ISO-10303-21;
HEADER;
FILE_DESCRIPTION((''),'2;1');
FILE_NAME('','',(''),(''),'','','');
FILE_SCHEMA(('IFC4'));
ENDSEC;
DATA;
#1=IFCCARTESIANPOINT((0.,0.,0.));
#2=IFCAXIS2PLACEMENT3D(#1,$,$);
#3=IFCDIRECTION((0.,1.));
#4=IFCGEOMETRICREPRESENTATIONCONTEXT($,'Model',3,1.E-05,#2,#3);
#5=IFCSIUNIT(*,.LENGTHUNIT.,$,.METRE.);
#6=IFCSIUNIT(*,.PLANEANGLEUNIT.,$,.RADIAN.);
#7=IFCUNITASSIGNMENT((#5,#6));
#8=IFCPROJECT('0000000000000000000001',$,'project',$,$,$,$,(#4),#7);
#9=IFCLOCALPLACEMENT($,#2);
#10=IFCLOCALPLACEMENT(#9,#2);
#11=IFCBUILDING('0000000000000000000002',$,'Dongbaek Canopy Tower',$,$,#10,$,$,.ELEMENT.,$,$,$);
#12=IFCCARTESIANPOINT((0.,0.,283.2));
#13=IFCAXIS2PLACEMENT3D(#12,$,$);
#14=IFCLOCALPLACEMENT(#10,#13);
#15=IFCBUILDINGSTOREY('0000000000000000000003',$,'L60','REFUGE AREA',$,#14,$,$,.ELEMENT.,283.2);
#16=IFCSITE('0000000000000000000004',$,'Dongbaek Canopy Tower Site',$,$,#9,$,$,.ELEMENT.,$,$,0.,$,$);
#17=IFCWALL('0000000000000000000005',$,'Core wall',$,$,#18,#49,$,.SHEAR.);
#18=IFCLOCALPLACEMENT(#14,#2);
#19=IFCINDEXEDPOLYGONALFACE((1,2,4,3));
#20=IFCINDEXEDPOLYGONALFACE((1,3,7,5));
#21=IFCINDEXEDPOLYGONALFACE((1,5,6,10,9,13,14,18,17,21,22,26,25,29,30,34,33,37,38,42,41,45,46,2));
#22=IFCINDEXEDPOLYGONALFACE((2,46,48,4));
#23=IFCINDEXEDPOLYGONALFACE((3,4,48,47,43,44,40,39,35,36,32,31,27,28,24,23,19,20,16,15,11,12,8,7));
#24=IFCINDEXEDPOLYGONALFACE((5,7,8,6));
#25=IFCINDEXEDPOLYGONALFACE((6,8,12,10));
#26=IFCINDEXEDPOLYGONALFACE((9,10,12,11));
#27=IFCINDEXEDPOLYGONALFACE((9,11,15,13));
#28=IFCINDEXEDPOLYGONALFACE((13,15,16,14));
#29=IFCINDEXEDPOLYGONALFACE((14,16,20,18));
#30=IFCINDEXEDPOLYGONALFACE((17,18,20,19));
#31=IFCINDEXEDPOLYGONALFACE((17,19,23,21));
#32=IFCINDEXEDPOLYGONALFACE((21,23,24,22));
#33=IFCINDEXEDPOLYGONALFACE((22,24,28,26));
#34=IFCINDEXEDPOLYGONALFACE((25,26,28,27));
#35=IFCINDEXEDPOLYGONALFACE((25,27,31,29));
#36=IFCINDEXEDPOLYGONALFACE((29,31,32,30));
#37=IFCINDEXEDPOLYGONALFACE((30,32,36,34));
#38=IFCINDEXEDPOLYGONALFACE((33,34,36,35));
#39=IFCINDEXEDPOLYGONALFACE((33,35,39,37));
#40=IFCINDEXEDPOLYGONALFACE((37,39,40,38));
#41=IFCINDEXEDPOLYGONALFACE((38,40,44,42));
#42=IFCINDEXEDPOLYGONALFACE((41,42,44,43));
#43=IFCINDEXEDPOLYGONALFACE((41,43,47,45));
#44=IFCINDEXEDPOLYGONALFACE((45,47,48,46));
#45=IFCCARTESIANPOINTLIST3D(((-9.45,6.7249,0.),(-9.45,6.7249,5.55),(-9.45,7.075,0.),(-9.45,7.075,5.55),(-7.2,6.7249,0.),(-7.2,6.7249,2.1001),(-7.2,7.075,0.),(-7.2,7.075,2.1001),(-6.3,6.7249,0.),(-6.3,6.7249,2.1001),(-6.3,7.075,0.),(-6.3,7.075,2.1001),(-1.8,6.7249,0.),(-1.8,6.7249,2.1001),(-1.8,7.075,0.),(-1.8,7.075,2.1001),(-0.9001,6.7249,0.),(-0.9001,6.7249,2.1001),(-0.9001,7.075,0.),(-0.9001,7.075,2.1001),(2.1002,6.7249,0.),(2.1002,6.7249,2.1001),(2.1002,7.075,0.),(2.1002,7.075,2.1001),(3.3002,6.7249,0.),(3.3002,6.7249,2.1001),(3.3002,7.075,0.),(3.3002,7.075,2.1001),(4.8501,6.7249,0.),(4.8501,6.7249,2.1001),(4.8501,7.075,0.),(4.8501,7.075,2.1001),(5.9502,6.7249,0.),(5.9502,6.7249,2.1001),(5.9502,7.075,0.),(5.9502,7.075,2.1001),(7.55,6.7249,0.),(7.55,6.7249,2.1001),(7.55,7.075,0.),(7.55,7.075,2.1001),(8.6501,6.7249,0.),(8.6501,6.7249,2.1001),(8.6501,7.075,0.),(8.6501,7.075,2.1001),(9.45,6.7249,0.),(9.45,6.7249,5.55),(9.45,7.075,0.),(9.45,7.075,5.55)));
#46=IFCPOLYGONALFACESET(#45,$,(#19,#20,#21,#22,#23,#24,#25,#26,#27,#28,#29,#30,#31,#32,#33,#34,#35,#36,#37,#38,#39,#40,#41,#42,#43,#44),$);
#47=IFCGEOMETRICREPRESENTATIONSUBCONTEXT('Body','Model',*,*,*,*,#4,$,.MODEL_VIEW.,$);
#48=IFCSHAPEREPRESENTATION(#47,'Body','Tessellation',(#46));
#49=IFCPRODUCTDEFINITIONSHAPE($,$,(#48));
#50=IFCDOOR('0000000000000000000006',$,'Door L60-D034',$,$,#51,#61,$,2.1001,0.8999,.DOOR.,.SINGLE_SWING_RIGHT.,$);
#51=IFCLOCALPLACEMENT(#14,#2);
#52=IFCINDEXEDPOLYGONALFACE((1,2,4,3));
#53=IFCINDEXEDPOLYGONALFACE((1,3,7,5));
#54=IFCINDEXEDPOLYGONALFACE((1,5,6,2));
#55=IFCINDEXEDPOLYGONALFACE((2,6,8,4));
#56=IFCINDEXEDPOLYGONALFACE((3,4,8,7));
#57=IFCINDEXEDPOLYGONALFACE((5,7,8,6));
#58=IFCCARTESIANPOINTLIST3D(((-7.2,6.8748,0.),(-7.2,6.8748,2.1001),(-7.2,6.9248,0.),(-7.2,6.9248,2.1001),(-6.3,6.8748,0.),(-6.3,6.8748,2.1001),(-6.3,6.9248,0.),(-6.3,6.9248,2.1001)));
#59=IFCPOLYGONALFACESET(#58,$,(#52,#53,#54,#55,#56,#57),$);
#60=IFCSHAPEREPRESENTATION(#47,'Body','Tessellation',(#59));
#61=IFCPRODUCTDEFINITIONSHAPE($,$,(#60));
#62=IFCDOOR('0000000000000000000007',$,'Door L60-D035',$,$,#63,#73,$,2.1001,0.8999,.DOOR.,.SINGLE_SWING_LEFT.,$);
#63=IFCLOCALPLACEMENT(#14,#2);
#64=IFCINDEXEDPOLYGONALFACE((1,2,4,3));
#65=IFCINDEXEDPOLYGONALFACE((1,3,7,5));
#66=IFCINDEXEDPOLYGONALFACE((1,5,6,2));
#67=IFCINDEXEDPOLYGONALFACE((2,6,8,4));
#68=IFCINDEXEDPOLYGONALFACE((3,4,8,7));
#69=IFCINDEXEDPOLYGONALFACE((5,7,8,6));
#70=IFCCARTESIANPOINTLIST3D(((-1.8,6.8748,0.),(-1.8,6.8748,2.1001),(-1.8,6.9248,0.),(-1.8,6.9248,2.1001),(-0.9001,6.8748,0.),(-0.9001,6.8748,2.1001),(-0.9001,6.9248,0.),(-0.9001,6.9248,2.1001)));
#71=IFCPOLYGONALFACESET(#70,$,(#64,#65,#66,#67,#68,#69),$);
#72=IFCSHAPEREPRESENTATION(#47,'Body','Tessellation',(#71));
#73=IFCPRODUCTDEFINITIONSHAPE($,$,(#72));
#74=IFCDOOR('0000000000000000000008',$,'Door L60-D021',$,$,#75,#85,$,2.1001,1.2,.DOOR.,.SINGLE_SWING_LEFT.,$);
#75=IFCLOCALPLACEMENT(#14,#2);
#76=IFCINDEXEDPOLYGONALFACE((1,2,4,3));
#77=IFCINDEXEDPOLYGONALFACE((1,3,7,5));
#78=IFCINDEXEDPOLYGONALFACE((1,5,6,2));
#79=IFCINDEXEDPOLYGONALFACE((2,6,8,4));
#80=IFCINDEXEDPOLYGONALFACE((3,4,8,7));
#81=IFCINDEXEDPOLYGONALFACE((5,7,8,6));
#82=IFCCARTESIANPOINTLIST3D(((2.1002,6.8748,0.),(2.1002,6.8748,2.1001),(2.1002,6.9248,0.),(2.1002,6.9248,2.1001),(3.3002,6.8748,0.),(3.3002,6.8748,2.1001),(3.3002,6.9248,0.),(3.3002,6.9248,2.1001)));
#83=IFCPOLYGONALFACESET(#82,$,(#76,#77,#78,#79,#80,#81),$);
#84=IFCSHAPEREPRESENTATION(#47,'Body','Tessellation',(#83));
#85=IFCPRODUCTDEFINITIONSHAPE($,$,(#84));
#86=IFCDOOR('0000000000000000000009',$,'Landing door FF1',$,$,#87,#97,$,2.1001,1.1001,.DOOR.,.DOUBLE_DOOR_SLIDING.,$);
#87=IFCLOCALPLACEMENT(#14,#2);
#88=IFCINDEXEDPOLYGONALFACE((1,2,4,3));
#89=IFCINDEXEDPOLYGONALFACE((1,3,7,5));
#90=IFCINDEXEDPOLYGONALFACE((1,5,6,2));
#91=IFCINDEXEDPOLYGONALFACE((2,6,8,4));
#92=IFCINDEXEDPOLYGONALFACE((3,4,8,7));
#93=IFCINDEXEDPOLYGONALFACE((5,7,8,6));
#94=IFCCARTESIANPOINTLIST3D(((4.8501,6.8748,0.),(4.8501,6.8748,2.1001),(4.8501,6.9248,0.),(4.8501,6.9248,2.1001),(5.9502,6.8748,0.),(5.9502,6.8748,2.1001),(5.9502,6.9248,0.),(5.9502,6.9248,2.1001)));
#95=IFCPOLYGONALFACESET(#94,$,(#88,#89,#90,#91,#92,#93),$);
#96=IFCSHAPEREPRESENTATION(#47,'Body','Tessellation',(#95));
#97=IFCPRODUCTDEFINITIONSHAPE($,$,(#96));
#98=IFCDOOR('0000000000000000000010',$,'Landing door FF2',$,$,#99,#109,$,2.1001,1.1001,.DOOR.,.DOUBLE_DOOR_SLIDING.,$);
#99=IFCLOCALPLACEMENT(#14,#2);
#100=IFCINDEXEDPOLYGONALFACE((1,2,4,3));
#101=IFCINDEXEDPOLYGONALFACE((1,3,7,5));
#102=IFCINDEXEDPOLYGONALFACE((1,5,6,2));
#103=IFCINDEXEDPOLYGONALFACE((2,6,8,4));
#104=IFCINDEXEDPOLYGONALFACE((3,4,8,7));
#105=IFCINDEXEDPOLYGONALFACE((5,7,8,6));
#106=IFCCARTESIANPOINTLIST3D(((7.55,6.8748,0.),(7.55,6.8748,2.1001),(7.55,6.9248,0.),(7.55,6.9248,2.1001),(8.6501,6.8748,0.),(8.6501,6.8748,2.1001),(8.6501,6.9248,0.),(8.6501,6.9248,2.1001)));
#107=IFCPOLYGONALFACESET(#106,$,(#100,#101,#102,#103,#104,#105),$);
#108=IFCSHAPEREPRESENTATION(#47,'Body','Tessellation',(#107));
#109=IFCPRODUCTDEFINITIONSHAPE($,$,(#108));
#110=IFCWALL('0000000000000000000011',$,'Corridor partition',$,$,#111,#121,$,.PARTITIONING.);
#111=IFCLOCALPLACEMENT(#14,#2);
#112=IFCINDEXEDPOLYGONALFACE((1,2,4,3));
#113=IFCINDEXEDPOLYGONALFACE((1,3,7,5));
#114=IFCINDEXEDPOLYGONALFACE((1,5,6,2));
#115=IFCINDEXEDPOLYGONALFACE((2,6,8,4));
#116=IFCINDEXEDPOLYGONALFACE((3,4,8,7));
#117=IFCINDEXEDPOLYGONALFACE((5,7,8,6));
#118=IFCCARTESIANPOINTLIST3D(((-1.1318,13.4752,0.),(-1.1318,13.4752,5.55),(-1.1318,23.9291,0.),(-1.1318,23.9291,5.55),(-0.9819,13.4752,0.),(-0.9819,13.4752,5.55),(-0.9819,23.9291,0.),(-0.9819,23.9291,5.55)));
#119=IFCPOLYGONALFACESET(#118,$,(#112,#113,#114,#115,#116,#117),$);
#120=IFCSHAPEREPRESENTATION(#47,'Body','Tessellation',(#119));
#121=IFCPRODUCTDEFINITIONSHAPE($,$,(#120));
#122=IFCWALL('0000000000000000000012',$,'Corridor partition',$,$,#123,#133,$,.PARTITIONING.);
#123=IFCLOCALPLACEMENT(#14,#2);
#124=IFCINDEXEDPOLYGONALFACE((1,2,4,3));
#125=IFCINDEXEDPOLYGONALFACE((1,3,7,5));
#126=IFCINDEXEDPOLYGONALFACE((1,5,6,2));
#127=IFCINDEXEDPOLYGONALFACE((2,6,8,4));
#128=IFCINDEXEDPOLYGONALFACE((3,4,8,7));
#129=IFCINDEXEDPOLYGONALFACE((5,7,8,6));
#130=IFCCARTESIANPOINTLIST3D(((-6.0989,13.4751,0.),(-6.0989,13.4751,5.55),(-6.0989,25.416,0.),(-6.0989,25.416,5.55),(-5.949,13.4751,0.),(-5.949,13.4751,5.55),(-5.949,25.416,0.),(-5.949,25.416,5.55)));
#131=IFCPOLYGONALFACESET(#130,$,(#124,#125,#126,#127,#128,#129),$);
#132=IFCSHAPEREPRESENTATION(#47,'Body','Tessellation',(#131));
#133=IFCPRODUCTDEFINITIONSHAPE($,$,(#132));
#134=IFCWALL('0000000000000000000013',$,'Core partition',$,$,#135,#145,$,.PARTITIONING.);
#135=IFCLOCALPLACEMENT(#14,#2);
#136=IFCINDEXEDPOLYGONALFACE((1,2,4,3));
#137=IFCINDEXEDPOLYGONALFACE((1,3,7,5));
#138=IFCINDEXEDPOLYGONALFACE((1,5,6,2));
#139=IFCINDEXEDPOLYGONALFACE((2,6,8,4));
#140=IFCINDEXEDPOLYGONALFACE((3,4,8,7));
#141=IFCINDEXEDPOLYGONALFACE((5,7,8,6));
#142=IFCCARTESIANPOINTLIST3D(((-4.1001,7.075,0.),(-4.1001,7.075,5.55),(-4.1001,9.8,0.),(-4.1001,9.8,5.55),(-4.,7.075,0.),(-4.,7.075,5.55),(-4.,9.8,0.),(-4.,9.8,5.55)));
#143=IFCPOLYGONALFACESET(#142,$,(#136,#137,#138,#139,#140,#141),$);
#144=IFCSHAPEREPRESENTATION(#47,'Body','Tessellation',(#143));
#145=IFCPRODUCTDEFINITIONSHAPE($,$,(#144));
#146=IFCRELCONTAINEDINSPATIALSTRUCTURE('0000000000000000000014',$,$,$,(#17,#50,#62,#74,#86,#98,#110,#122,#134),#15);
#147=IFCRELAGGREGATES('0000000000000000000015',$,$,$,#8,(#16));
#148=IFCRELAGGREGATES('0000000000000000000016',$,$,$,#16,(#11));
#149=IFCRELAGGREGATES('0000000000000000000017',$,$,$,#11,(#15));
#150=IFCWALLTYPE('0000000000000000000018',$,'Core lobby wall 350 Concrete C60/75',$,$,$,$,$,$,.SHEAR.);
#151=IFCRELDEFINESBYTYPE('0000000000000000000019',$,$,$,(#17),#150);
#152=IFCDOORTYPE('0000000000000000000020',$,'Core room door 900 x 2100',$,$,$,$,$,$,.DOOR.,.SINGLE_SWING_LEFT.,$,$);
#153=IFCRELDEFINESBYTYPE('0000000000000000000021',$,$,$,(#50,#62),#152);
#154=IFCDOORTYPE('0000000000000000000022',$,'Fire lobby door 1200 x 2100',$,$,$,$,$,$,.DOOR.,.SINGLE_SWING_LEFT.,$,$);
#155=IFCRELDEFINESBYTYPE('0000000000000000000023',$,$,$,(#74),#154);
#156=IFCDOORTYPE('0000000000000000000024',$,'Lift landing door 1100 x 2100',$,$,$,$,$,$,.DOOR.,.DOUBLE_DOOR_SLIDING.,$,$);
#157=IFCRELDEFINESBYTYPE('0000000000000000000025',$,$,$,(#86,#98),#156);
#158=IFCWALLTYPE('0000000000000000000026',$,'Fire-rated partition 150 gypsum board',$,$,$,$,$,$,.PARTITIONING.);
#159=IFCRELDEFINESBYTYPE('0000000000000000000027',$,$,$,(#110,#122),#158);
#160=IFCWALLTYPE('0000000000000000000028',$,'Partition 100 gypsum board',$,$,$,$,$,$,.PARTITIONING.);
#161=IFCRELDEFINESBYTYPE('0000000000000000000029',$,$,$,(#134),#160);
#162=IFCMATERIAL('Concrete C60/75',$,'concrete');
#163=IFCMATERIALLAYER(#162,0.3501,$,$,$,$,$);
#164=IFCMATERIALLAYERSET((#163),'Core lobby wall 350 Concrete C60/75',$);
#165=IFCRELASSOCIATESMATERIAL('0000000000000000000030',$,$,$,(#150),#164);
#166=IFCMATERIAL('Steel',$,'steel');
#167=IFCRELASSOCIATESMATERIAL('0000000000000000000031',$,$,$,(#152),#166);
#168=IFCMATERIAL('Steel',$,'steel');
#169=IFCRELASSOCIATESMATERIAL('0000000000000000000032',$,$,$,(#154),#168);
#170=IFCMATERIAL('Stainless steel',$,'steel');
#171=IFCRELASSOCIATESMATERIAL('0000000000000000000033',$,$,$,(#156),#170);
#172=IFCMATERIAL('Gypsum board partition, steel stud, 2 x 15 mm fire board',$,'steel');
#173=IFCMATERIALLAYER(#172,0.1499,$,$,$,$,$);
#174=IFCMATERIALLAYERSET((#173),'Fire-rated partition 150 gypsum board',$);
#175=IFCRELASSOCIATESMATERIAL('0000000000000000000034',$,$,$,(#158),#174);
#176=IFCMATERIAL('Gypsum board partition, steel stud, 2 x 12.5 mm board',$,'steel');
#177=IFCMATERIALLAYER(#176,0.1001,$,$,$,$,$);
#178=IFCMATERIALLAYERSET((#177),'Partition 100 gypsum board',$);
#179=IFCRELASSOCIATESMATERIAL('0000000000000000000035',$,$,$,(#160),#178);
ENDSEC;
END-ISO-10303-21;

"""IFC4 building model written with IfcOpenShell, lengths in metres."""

from ifc_helpers import new_model, si_unit, direction, frame, frame_2d, origin, place, context, subcontext, project, spatial, rectangle, extrude, material, layer, layer_set, type_object, element, fill, save


model = new_model("IFC4")

# Units and contexts
model_context = context("Model", 3, precision=1e-05, world=origin(), true_north=direction((0.0, 1.0)))
body_context = subcontext(model_context, "Body", "Model", "MODEL_VIEW")
ifc_project = project(units=[si_unit("LENGTHUNIT", "METRE"), si_unit("PLANEANGLEUNIT", "RADIAN")], contexts=[model_context])

# Site, building, storey
site_placement = place(None, origin())
site = spatial("IfcSite", under=ifc_project, at=site_placement, Name="Dongbaek Canopy Tower Site", CompositionType="ELEMENT", RefElevation=0.0)
building_placement = place(site_placement, origin())
building = spatial("IfcBuilding", under=site, at=building_placement, Name="Dongbaek Canopy Tower", CompositionType="ELEMENT")
storey_placement = place(building_placement, frame((0.0, 0.0, 283.2)))
storey = spatial("IfcBuildingStorey", under=building, at=storey_placement, Name="L60", Description="REFUGE AREA", CompositionType="ELEMENT", Elevation=283.2)

# Wall, openings, doors
ifc_material_1 = material(Name="Concrete C60/75", Category="concrete")
ifc_layer_1 = layer(ifc_material_1, 0.3501)
ifc_layer_set_1 = layer_set([ifc_layer_1], Name="Core lobby wall 350 Concrete C60/75")
wall_type_1 = type_object("IfcWallType", Name="Core lobby wall 350 Concrete C60/75", PredefinedType="SHEAR", material=ifc_layer_set_1)
wall_1_placement = place(storey_placement, frame((-9.45, 6.8999, 0.0), z_axis=(0.0, 0.0, 1.0), x_axis=(1.0, 0.0, 0.0)))
wall_1 = element("IfcWall", 1, at=wall_1_placement, inside=storey, type_object=wall_type_1, Name="Core wall", PredefinedType="SHEAR", context=body_context, shape_type="SweptSolid", body=[
    extrude(rectangle(XDim=18.8999, YDim=0.3501, at=frame_2d((9.45, 0.0))), origin(), (0.0, 0.0, 1.0), 5.55),
])
opening_1_placement = place(wall_1_placement, frame((11.55, 0.0, 0.0)))
opening_1 = element("IfcOpeningElement", 2, at=opening_1_placement, cuts=wall_1, PredefinedType="OPENING", context=body_context, shape_type="SweptSolid", body=[
    extrude(rectangle(XDim=1.2, YDim=2.1001, at=frame_2d((0.6001, 1.05))), frame((0.0, 0.1851, 0.0), z_axis=(0.0, -1.0, 0.0), x_axis=(1.0, 0.0, 0.0)), (0.0, 0.0, 1.0), 0.3701),
])
opening_2_placement = place(wall_1_placement, frame((14.3, 0.0, 0.0)))
opening_2 = element("IfcOpeningElement", 3, at=opening_2_placement, cuts=wall_1, PredefinedType="OPENING", context=body_context, shape_type="SweptSolid", body=[
    extrude(rectangle(XDim=1.1001, YDim=2.1001, at=frame_2d((0.55, 1.05))), frame((0.0, 0.1851, 0.0), z_axis=(0.0, -1.0, 0.0), x_axis=(1.0, 0.0, 0.0)), (0.0, 0.0, 1.0), 0.3701),
])
opening_3_placement = place(wall_1_placement, frame((17.0, 0.0, 0.0)))
opening_3 = element("IfcOpeningElement", 4, at=opening_3_placement, cuts=wall_1, PredefinedType="OPENING", context=body_context, shape_type="SweptSolid", body=[
    extrude(rectangle(XDim=1.1001, YDim=2.1001, at=frame_2d((0.55, 1.05))), frame((0.0, 0.1851, 0.0), z_axis=(0.0, -1.0, 0.0), x_axis=(1.0, 0.0, 0.0)), (0.0, 0.0, 1.0), 0.3701),
])
opening_4_placement = place(wall_1_placement, frame((2.25, 0.0, 0.0)))
opening_4 = element("IfcOpeningElement", 5, at=opening_4_placement, cuts=wall_1, PredefinedType="OPENING", context=body_context, shape_type="SweptSolid", body=[
    extrude(rectangle(XDim=0.8999, YDim=2.1001, at=frame_2d((0.45, 1.05))), frame((0.0, 0.1851, 0.0), z_axis=(0.0, -1.0, 0.0), x_axis=(1.0, 0.0, 0.0)), (0.0, 0.0, 1.0), 0.3701),
])
opening_5_placement = place(wall_1_placement, frame((7.6499, 0.0, 0.0)))
opening_5 = element("IfcOpeningElement", 6, at=opening_5_placement, cuts=wall_1, PredefinedType="OPENING", context=body_context, shape_type="SweptSolid", body=[
    extrude(rectangle(XDim=0.8999, YDim=2.1001, at=frame_2d((0.45, 1.05))), frame((0.0, 0.1851, 0.0), z_axis=(0.0, -1.0, 0.0), x_axis=(1.0, 0.0, 0.0)), (0.0, 0.0, 1.0), 0.3701),
])
ifc_material_2 = material(Name="Steel", Category="steel")
door_type_1 = type_object("IfcDoorType", Name="Core room door 900 x 2100", OperationType="SINGLE_SWING_LEFT", PredefinedType="DOOR", material=ifc_material_2)
door_1_placement = place(opening_4_placement, origin())
door_1 = element("IfcDoor", 7, at=door_1_placement, inside=storey, type_object=door_type_1, Name="Door L60-D034", OperationType="SINGLE_SWING_RIGHT", OverallHeight=2.1001, OverallWidth=0.8999, PredefinedType="DOOR", context=body_context, shape_type="SweptSolid", body=[
    extrude(rectangle(XDim=0.8999, YDim=2.1001, at=frame_2d((0.45, 1.05))), frame((0.0, 0.0249, 0.0), z_axis=(0.0, -1.0, 0.0), x_axis=(1.0, 0.0, 0.0)), (0.0, 0.0, 1.0), 0.05),
])
fill(opening_4, door_1)
door_2_placement = place(opening_5_placement, origin())
door_2 = element("IfcDoor", 8, at=door_2_placement, inside=storey, type_object=door_type_1, Name="Door L60-D035", OperationType="SINGLE_SWING_LEFT", OverallHeight=2.1001, OverallWidth=0.8999, PredefinedType="DOOR", context=body_context, shape_type="SweptSolid", body=[
    extrude(rectangle(XDim=0.8999, YDim=2.1001, at=frame_2d((0.45, 1.05))), frame((0.0, 0.0249, 0.0), z_axis=(0.0, -1.0, 0.0), x_axis=(1.0, 0.0, 0.0)), (0.0, 0.0, 1.0), 0.05),
])
fill(opening_5, door_2)
ifc_material_3 = material(Name="Steel", Category="steel")
door_type_2 = type_object("IfcDoorType", Name="Fire lobby door 1200 x 2100", OperationType="SINGLE_SWING_LEFT", PredefinedType="DOOR", material=ifc_material_3)
door_3_placement = place(opening_1_placement, origin())
door_3 = element("IfcDoor", 9, at=door_3_placement, inside=storey, type_object=door_type_2, Name="Door L60-D021", OperationType="SINGLE_SWING_LEFT", OverallHeight=2.1001, OverallWidth=1.2, PredefinedType="DOOR", context=body_context, shape_type="SweptSolid", body=[
    extrude(rectangle(XDim=1.2, YDim=2.1001, at=frame_2d((0.6001, 1.05))), frame((0.0, 0.0249, 0.0), z_axis=(0.0, -1.0, 0.0), x_axis=(1.0, 0.0, 0.0)), (0.0, 0.0, 1.0), 0.05),
])
fill(opening_1, door_3)
ifc_material_4 = material(Name="Stainless steel", Category="steel")
door_type_3 = type_object("IfcDoorType", Name="Lift landing door 1100 x 2100", OperationType="DOUBLE_DOOR_SLIDING", PredefinedType="DOOR", material=ifc_material_4)
door_4_placement = place(opening_2_placement, origin())
door_4 = element("IfcDoor", 10, at=door_4_placement, inside=storey, type_object=door_type_3, Name="Landing door FF1", OperationType="DOUBLE_DOOR_SLIDING", OverallHeight=2.1001, OverallWidth=1.1001, PredefinedType="DOOR", context=body_context, shape_type="SweptSolid", body=[
    extrude(rectangle(XDim=1.1001, YDim=2.1001, at=frame_2d((0.55, 1.05))), frame((0.0, 0.0249, 0.0), z_axis=(0.0, -1.0, 0.0), x_axis=(1.0, 0.0, 0.0)), (0.0, 0.0, 1.0), 0.05),
])
fill(opening_2, door_4)
door_5_placement = place(opening_3_placement, origin())
door_5 = element("IfcDoor", 11, at=door_5_placement, inside=storey, type_object=door_type_3, Name="Landing door FF2", OperationType="DOUBLE_DOOR_SLIDING", OverallHeight=2.1001, OverallWidth=1.1001, PredefinedType="DOOR", context=body_context, shape_type="SweptSolid", body=[
    extrude(rectangle(XDim=1.1001, YDim=2.1001, at=frame_2d((0.55, 1.05))), frame((0.0, 0.0249, 0.0), z_axis=(0.0, -1.0, 0.0), x_axis=(1.0, 0.0, 0.0)), (0.0, 0.0, 1.0), 0.05),
])
fill(opening_3, door_5)

# Walls
ifc_material_5 = material(Name="Gypsum board partition, steel stud, 2 x 15 mm fire board", Category="steel")
ifc_layer_2 = layer(ifc_material_5, 0.1499)
ifc_layer_set_2 = layer_set([ifc_layer_2], Name="Fire-rated partition 150 gypsum board")
wall_type_2 = type_object("IfcWallType", Name="Fire-rated partition 150 gypsum board", PredefinedType="PARTITIONING", material=ifc_layer_set_2)
wall_2_placement = place(storey_placement, frame((-1.0569, 13.4751, 0.0), z_axis=(0.0, 0.0, 1.0), x_axis=(0.0, 1.0, 0.0)))
element("IfcWall", 12, at=wall_2_placement, inside=storey, type_object=wall_type_2, Name="Corridor partition", PredefinedType="PARTITIONING", context=body_context, shape_type="SweptSolid", body=[
    extrude(rectangle(XDim=10.4539, YDim=0.1499, at=frame_2d((5.2271, 0.0))), origin(), (0.0, 0.0, 1.0), 5.55),
])
wall_3_placement = place(storey_placement, frame((-6.0239, 13.4751, 0.0), z_axis=(0.0, 0.0, 1.0), x_axis=(0.0, 1.0, 0.0)))
element("IfcWall", 13, at=wall_3_placement, inside=storey, type_object=wall_type_2, Name="Corridor partition", PredefinedType="PARTITIONING", context=body_context, shape_type="SweptSolid", body=[
    extrude(rectangle(XDim=11.9409, YDim=0.1499, at=frame_2d((5.9705, 0.0))), origin(), (0.0, 0.0, 1.0), 5.55),
])
ifc_material_6 = material(Name="Gypsum board partition, steel stud, 2 x 12.5 mm board", Category="steel")
ifc_layer_3 = layer(ifc_material_6, 0.1001)
ifc_layer_set_3 = layer_set([ifc_layer_3], Name="Partition 100 gypsum board")
wall_type_3 = type_object("IfcWallType", Name="Partition 100 gypsum board", PredefinedType="PARTITIONING", material=ifc_layer_set_3)
wall_4_placement = place(storey_placement, frame((-4.05, 7.075, 0.0), z_axis=(0.0, 0.0, 1.0), x_axis=(0.0, 1.0, 0.0)))
element("IfcWall", 14, at=wall_4_placement, inside=storey, type_object=wall_type_3, Name="Core partition", PredefinedType="PARTITIONING", context=body_context, shape_type="SweptSolid", body=[
    extrude(rectangle(XDim=2.7251, YDim=0.1001, at=frame_2d((1.3625, 0.0))), origin(), (0.0, 0.0, 1.0), 5.55),
])

save(model, "model.ifc")
